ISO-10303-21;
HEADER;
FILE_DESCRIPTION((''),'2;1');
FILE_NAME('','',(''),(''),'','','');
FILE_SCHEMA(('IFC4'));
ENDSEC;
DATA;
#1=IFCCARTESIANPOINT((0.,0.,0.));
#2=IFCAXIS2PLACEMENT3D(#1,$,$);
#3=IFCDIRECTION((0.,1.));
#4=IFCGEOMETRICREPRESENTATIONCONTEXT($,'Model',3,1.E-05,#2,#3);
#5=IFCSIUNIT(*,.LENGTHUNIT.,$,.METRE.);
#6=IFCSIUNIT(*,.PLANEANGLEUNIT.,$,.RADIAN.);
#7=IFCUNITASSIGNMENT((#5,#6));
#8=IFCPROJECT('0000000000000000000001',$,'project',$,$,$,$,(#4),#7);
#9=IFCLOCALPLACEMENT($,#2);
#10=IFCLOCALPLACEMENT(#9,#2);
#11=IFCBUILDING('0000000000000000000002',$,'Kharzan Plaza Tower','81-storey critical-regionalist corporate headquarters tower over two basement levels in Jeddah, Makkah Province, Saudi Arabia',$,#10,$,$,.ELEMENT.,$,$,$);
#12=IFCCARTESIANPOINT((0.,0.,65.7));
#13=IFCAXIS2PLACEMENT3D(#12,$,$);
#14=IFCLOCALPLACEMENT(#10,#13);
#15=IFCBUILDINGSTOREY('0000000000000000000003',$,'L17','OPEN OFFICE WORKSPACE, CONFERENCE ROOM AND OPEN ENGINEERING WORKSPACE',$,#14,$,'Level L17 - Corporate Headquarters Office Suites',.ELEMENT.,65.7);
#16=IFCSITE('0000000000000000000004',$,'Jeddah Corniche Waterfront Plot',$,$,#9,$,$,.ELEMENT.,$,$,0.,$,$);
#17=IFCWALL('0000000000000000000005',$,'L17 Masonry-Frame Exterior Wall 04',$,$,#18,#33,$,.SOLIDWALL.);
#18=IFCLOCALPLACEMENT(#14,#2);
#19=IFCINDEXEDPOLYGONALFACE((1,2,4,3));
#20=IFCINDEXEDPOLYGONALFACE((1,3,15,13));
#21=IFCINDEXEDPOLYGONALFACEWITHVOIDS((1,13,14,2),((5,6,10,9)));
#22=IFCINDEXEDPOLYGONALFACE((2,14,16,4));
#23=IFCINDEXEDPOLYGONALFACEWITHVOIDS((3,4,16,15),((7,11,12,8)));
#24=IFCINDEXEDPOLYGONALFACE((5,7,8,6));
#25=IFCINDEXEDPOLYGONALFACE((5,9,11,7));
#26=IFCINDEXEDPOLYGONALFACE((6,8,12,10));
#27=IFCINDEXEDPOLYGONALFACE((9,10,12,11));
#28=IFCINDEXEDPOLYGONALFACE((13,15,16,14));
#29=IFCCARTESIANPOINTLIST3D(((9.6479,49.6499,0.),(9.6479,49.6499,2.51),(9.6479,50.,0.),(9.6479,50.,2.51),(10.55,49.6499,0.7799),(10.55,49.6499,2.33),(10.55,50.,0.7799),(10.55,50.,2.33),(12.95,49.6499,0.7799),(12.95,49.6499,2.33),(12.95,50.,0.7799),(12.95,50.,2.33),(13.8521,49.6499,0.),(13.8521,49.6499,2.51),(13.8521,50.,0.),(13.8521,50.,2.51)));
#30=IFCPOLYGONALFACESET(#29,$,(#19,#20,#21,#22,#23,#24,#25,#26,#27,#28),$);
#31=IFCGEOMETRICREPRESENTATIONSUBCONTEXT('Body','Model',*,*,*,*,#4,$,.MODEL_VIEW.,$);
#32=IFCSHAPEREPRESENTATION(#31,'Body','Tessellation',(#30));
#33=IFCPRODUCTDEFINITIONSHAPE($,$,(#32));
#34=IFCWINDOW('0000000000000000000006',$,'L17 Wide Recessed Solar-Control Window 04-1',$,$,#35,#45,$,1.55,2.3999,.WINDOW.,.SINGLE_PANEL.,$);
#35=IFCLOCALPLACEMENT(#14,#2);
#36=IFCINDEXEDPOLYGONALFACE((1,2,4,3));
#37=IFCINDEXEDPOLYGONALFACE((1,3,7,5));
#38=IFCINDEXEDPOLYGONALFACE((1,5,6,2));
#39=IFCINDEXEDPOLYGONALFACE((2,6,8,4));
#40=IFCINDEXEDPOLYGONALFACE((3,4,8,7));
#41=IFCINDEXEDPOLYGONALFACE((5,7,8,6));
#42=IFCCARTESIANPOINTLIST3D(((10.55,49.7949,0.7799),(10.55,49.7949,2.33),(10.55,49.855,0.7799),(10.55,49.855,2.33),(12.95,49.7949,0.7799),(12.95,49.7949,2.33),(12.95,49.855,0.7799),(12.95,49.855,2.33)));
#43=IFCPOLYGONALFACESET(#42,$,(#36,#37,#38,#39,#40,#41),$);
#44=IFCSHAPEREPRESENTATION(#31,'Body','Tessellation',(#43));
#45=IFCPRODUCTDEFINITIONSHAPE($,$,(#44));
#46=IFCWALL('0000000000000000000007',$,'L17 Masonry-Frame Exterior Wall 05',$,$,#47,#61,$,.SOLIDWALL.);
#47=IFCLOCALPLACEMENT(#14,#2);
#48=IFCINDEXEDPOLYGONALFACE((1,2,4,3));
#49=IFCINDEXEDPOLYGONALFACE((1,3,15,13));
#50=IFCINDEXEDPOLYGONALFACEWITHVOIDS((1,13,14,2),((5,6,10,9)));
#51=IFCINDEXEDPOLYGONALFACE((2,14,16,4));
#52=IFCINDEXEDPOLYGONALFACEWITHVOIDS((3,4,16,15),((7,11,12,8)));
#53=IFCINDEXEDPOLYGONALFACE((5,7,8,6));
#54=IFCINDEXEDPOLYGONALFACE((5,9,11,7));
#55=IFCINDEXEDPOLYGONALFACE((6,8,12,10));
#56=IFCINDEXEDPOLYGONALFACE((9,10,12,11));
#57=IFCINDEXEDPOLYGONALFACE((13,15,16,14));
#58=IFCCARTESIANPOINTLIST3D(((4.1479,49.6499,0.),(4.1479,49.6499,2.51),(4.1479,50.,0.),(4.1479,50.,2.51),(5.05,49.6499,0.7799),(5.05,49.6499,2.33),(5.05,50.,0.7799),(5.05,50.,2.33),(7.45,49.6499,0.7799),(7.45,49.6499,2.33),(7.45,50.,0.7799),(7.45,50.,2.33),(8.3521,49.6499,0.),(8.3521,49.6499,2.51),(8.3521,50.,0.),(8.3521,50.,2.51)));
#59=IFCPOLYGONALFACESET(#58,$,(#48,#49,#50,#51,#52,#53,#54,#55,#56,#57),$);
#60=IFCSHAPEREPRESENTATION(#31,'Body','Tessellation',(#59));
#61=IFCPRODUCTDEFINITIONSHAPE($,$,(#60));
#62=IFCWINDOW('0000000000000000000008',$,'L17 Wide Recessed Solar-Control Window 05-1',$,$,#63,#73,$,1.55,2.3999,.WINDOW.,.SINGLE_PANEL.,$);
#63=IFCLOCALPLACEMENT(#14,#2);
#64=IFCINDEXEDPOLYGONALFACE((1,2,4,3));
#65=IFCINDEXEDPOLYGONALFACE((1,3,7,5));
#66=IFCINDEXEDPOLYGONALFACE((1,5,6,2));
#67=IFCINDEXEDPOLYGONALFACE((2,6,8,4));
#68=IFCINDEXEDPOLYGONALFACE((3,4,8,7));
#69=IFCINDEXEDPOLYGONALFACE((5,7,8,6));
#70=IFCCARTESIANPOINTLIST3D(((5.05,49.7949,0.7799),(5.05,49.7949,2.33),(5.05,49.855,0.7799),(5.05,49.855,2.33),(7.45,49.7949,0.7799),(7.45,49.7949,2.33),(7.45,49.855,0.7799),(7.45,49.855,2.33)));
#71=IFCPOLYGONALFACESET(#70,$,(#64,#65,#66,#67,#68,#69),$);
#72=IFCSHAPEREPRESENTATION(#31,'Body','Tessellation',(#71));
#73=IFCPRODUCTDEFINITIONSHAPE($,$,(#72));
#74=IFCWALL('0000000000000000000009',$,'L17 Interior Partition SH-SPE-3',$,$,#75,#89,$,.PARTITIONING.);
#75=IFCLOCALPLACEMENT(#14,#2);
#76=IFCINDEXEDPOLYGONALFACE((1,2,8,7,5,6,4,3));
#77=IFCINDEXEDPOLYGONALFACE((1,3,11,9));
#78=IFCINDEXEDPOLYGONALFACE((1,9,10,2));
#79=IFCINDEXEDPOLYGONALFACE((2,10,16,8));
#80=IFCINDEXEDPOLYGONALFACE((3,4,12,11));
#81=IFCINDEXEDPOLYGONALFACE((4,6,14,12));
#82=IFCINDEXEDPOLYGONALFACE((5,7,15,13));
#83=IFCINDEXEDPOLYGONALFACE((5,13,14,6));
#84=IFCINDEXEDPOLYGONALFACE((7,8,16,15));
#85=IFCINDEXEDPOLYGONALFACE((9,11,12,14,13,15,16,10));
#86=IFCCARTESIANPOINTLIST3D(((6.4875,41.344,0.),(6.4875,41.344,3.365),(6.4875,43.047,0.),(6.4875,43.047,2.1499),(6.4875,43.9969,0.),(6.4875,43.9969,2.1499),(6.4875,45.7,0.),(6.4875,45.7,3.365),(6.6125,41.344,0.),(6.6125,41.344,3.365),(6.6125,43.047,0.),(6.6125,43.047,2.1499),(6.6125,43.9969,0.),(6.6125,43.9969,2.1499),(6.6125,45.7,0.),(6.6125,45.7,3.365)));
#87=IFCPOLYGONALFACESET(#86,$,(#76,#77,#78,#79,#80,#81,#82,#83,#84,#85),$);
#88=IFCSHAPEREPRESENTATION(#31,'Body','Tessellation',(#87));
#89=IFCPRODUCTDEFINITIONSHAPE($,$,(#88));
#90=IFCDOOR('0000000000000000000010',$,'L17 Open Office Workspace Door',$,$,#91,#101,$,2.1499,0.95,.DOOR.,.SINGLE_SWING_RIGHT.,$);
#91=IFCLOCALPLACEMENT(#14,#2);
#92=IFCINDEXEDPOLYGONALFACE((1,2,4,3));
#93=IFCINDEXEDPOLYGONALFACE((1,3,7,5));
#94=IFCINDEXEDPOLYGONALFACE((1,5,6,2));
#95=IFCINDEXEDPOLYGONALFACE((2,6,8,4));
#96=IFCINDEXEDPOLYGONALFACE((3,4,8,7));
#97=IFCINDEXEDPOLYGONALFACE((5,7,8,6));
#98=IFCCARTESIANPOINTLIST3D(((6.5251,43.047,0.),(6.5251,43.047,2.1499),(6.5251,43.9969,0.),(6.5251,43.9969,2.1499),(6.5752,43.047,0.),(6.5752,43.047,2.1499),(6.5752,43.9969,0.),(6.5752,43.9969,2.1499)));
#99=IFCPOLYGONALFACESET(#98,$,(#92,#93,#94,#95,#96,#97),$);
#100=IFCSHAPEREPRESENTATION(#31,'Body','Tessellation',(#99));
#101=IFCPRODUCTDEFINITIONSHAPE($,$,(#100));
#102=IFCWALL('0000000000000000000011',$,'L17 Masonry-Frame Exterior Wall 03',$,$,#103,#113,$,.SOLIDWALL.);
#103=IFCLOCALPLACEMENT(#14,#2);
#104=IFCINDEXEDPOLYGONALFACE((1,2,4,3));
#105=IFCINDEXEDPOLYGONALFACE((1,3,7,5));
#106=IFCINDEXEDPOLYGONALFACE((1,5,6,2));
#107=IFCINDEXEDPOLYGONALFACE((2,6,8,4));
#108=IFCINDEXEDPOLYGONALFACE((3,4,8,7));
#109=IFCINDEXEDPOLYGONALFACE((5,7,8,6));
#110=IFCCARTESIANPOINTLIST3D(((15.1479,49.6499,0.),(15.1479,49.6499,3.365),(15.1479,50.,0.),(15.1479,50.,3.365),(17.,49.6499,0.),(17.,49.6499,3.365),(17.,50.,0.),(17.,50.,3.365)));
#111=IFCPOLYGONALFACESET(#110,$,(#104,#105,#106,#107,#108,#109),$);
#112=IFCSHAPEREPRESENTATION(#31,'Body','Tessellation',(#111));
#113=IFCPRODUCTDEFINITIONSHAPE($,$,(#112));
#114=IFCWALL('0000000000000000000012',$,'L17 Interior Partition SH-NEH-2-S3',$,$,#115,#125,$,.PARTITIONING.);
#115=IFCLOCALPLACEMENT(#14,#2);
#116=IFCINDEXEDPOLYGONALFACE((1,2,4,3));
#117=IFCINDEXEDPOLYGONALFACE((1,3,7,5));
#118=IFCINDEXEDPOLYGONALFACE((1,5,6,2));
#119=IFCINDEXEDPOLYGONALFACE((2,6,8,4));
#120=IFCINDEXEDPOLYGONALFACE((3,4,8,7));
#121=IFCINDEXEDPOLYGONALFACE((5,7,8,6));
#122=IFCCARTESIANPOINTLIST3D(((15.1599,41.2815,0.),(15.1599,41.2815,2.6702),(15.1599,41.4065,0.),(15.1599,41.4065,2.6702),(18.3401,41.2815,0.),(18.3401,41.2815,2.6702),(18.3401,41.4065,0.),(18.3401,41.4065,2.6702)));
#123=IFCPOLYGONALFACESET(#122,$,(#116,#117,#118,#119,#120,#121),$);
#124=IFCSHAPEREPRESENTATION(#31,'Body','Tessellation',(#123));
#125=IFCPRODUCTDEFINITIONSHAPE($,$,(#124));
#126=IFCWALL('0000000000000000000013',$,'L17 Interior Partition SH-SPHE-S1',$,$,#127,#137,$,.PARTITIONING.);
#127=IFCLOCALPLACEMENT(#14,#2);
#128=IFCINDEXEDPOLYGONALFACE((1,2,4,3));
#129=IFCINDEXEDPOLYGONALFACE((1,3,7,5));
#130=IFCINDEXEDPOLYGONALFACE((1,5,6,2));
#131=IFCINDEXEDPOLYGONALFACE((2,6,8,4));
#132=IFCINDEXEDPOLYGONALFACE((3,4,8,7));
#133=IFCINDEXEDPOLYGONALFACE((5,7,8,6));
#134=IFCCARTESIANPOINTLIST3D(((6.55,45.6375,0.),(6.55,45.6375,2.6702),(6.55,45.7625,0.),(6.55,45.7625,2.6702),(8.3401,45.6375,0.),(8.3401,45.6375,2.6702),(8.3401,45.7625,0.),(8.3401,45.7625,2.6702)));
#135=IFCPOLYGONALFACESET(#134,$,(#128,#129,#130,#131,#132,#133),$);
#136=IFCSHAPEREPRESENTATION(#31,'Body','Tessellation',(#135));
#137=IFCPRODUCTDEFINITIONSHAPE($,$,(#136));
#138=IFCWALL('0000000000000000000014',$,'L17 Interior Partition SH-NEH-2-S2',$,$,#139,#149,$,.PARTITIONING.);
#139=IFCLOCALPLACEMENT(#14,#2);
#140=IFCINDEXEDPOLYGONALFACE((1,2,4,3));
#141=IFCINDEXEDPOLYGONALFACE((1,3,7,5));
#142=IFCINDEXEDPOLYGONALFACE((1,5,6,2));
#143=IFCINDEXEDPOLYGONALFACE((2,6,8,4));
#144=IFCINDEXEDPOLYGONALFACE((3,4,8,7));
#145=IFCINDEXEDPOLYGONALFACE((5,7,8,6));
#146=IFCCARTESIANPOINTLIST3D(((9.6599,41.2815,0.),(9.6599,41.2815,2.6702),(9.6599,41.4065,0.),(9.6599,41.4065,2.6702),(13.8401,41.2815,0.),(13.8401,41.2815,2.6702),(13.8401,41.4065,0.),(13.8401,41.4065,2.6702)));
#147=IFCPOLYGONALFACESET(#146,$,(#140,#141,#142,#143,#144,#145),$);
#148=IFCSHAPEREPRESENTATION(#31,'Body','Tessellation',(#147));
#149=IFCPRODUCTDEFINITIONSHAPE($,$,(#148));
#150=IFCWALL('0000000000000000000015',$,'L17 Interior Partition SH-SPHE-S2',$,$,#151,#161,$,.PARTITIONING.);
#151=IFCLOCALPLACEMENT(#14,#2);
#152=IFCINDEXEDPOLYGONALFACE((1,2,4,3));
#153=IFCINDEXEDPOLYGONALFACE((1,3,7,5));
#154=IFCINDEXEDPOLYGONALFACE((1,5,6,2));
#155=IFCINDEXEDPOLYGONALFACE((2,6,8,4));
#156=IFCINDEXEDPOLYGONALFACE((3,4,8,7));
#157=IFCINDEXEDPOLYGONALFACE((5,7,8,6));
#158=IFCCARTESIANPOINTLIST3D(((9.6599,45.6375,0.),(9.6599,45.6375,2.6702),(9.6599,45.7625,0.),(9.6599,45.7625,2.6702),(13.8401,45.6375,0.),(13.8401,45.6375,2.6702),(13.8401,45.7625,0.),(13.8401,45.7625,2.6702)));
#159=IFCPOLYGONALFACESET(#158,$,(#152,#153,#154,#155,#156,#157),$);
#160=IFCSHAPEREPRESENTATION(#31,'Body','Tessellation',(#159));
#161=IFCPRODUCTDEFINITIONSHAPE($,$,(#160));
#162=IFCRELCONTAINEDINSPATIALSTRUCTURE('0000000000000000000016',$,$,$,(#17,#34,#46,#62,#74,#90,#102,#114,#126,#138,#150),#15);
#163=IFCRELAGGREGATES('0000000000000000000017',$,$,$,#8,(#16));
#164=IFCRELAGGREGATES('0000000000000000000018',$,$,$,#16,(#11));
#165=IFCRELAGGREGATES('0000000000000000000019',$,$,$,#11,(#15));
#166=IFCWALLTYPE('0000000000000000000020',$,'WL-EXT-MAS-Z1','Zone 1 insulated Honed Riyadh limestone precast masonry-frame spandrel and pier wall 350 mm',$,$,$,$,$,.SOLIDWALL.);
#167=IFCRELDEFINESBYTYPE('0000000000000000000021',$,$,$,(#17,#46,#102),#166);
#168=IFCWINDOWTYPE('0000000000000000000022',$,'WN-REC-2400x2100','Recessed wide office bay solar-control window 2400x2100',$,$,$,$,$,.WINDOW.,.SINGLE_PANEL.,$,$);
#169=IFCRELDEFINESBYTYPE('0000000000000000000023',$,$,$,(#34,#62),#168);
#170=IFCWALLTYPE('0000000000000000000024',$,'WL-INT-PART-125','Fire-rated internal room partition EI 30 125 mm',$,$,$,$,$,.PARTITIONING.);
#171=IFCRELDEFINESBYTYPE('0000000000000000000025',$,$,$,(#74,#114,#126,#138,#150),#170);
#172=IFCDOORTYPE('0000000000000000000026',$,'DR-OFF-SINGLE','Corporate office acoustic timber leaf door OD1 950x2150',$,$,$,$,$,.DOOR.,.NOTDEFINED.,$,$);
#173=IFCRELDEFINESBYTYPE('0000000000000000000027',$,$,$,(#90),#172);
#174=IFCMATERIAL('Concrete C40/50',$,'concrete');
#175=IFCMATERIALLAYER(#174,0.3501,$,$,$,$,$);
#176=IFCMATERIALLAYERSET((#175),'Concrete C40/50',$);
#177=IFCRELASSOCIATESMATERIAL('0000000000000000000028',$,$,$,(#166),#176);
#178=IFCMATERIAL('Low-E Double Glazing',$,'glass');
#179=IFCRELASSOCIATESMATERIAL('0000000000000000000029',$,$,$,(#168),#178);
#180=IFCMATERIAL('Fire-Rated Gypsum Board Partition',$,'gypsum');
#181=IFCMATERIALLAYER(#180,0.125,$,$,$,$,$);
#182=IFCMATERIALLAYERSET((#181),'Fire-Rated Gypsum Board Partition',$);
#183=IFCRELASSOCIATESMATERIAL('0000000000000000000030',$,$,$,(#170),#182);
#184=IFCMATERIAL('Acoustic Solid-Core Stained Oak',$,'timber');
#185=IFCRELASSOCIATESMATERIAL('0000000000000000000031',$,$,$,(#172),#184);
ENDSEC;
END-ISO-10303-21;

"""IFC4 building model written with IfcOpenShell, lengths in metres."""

from ifc_helpers import new_model, si_unit, direction, frame, frame_2d, origin, place, context, subcontext, project, spatial, rectangle, extrude, source, transform, mapped, material, layer, layer_set, type_object, element, fill, save


model = new_model("IFC4")

# Units and contexts
model_context = context("Model", 3, precision=1e-05, world=origin(), true_north=direction((0.0, 1.0)))
body_context = subcontext(model_context, "Body", "Model", "MODEL_VIEW")
ifc_project = project(units=[si_unit("LENGTHUNIT", "METRE"), si_unit("PLANEANGLEUNIT", "RADIAN")], contexts=[model_context])

# Site, building, storey
site_placement = place(None, origin())
site = spatial("IfcSite", under=ifc_project, at=site_placement, Name="Jeddah Corniche Waterfront Plot", CompositionType="ELEMENT", RefElevation=0.0)
building_placement = place(site_placement, origin())
building = spatial("IfcBuilding", under=site, at=building_placement, Name="Kharzan Plaza Tower", Description="81-storey critical-regionalist corporate headquarters tower over two basement levels in Jeddah, Makkah Province, Saudi Arabia", CompositionType="ELEMENT")
storey_placement = place(building_placement, frame((0.0, 0.0, 65.7)))
storey = spatial("IfcBuildingStorey", under=building, at=storey_placement, Name="L17", Description="OPEN OFFICE WORKSPACE, CONFERENCE ROOM AND OPEN ENGINEERING WORKSPACE", LongName="Level L17 - Corporate Headquarters Office Suites", CompositionType="ELEMENT", Elevation=65.7)

# Walls, openings, windows
ifc_material_1 = material(Name="Concrete C40/50", Category="concrete")
ifc_layer_1 = layer(ifc_material_1, 0.3501)
ifc_layer_set_1 = layer_set([ifc_layer_1], Name="Concrete C40/50")
wall_type_1 = type_object("IfcWallType", Name="WL-EXT-MAS-Z1", Description="Zone 1 insulated Honed Riyadh limestone precast masonry-frame spandrel and pier wall 350 mm", PredefinedType="SOLIDWALL", material=ifc_layer_set_1)
ifc_material_2 = material(Name="Low-E Double Glazing", Category="glass")
wall_1_placement = place(storey_placement, frame((13.8521, 49.825, 0.0), z_axis=(0.0, 0.0, 1.0), x_axis=(-1.0, 0.0, 0.0)))
wall_1 = element("IfcWall", 1, at=wall_1_placement, inside=storey, type_object=wall_type_1, Name="L17 Masonry-Frame Exterior Wall 04", PredefinedType="SOLIDWALL", context=body_context, shape_type="SweptSolid", body=[
    extrude(rectangle(XDim=4.2041, YDim=0.3501, at=frame_2d((2.1021, 0.0))), origin(), (0.0, 0.0, 1.0), 2.51),
])
opening_1_placement = place(wall_1_placement, frame((0.9021, 0.0, 0.78)))
opening_1 = element("IfcOpeningElement", 2, at=opening_1_placement, cuts=wall_1, PredefinedType="OPENING", context=body_context, shape_type="SweptSolid", body=[
    extrude(rectangle(XDim=2.3999, YDim=1.55, at=frame_2d((1.2, 0.7749))), frame((0.0, 0.1851, 0.0), z_axis=(0.0, -1.0, 0.0), x_axis=(1.0, 0.0, 0.0)), (0.0, 0.0, 1.0), 0.3701),
])
window_type_1 = type_object("IfcWindowType", Name="WN-REC-2400x2100", Description="Recessed wide office bay solar-control window 2400x2100", PartitioningType="SINGLE_PANEL", PredefinedType="WINDOW", material=ifc_material_2)
shared_shape_1 = source(origin(), body_context, "Body", "SweptSolid", [
    extrude(rectangle(XDim=2.3999, YDim=1.55, at=frame_2d((1.2, 0.7749))), frame((0.0, 0.03, 0.0), z_axis=(0.0, -1.0, 0.0), x_axis=(1.0, 0.0, 0.0)), (0.0, 0.0, 1.0), 0.0601),
])
window_1_placement = place(opening_1_placement, origin())
window_1 = element("IfcWindow", 3, at=window_1_placement, inside=storey, type_object=window_type_1, Name="L17 Wide Recessed Solar-Control Window 04-1", OverallHeight=1.55, OverallWidth=2.3999, PartitioningType="SINGLE_PANEL", PredefinedType="WINDOW", context=body_context, shape_type="MappedRepresentation", body=[
    mapped(shared_shape_1, transform((0.0, 0.0, 0.0), x_axis=(1.0, 0.0, 0.0), y_axis=(0.0, 1.0, 0.0), z_axis=(0.0, 0.0, 1.0))),
])
fill(opening_1, window_1)
wall_2_placement = place(storey_placement, frame((8.3521, 49.825, 0.0), z_axis=(0.0, 0.0, 1.0), x_axis=(-1.0, 0.0, 0.0)))
wall_2 = element("IfcWall", 4, at=wall_2_placement, inside=storey, type_object=wall_type_1, Name="L17 Masonry-Frame Exterior Wall 05", PredefinedType="SOLIDWALL", context=body_context, shape_type="SweptSolid", body=[
    extrude(rectangle(XDim=4.2041, YDim=0.3501, at=frame_2d((2.1021, 0.0))), origin(), (0.0, 0.0, 1.0), 2.51),
])
opening_2_placement = place(wall_2_placement, frame((0.9021, 0.0, 0.78)))
opening_2 = element("IfcOpeningElement", 5, at=opening_2_placement, cuts=wall_2, PredefinedType="OPENING", context=body_context, shape_type="SweptSolid", body=[
    extrude(rectangle(XDim=2.3999, YDim=1.55, at=frame_2d((1.2, 0.7749))), frame((0.0, 0.1851, 0.0), z_axis=(0.0, -1.0, 0.0), x_axis=(1.0, 0.0, 0.0)), (0.0, 0.0, 1.0), 0.3701),
])
window_2_placement = place(opening_2_placement, origin())
window_2 = element("IfcWindow", 6, at=window_2_placement, inside=storey, type_object=window_type_1, Name="L17 Wide Recessed Solar-Control Window 05-1", OverallHeight=1.55, OverallWidth=2.3999, PartitioningType="SINGLE_PANEL", PredefinedType="WINDOW", context=body_context, shape_type="MappedRepresentation", body=[
    mapped(shared_shape_1, transform((0.0, 0.0, 0.0), x_axis=(1.0, 0.0, 0.0), y_axis=(0.0, 1.0, 0.0), z_axis=(0.0, 0.0, 1.0))),
])
fill(opening_2, window_2)

# Wall, opening, door
ifc_material_3 = material(Name="Fire-Rated Gypsum Board Partition", Category="gypsum")
ifc_layer_2 = layer(ifc_material_3, 0.125)
ifc_layer_set_2 = layer_set([ifc_layer_2], Name="Fire-Rated Gypsum Board Partition")
wall_type_2 = type_object("IfcWallType", Name="WL-INT-PART-125", Description="Fire-rated internal room partition EI 30 125 mm", PredefinedType="PARTITIONING", material=ifc_layer_set_2)
wall_3_placement = place(storey_placement, frame((6.55, 41.344, 0.0), z_axis=(0.0, 0.0, 1.0), x_axis=(0.0, 1.0, 0.0)))
wall_3 = element("IfcWall", 7, at=wall_3_placement, inside=storey, type_object=wall_type_2, Name="L17 Interior Partition SH-SPE-3", PredefinedType="PARTITIONING", context=body_context, shape_type="SweptSolid", body=[
    extrude(rectangle(XDim=4.356, YDim=0.125, at=frame_2d((2.178, 0.0))), origin(), (0.0, 0.0, 1.0), 3.365),
])
opening_3_placement = place(wall_3_placement, frame((1.7029, 0.0, 0.0)))
opening_3 = element("IfcOpeningElement", 8, at=opening_3_placement, cuts=wall_3, PredefinedType="OPENING", context=body_context, shape_type="SweptSolid", body=[
    extrude(rectangle(XDim=0.95, YDim=2.1499, at=frame_2d((0.4751, 1.075))), frame((0.0, 0.0725, 0.0), z_axis=(0.0, -1.0, 0.0), x_axis=(1.0, 0.0, 0.0)), (0.0, 0.0, 1.0), 0.145),
])
ifc_material_4 = material(Name="Acoustic Solid-Core Stained Oak", Category="timber")
door_type = type_object("IfcDoorType", Name="DR-OFF-SINGLE", Description="Corporate office acoustic timber leaf door OD1 950x2150", OperationType="NOTDEFINED", PredefinedType="DOOR", material=ifc_material_4)
shared_shape_2 = source(origin(), body_context, "Body", "SweptSolid", [
    extrude(rectangle(XDim=0.95, YDim=2.1499, at=frame_2d((0.4751, 1.075))), frame((0.0, 0.0249, 0.0), z_axis=(0.0, -1.0, 0.0), x_axis=(1.0, 0.0, 0.0)), (0.0, 0.0, 1.0), 0.05),
])
door_placement = place(opening_3_placement, origin())
door = element("IfcDoor", 9, at=door_placement, inside=storey, type_object=door_type, Name="L17 Open Office Workspace Door", OperationType="SINGLE_SWING_RIGHT", OverallHeight=2.1499, OverallWidth=0.95, PredefinedType="DOOR", context=body_context, shape_type="MappedRepresentation", body=[
    mapped(shared_shape_2, transform((0.0, 0.0, 0.0), x_axis=(1.0, 0.0, 0.0), y_axis=(0.0, 1.0, 0.0), z_axis=(0.0, 0.0, 1.0))),
])
fill(opening_3, door)

# Walls
shared_shape_3 = source(origin(), body_context, "Body", "SweptSolid", [
    extrude(rectangle(XDim=1.8521, YDim=0.3501, at=frame_2d((0.926, 0.0))), origin(), (0.0, 0.0, 1.0), 3.365),
])
wall_4_placement = place(storey_placement, frame((17.0, 49.825, 0.0), z_axis=(0.0, 0.0, 1.0), x_axis=(-1.0, 0.0, 0.0)))
element("IfcWall", 10, at=wall_4_placement, inside=storey, type_object=wall_type_1, Name="L17 Masonry-Frame Exterior Wall 03", PredefinedType="SOLIDWALL", context=body_context, shape_type="MappedRepresentation", body=[
    mapped(shared_shape_3, transform((0.0, 0.0, 0.0), x_axis=(1.0, 0.0, 0.0), y_axis=(0.0, 1.0, 0.0), z_axis=(0.0, 0.0, 1.0))),
])
shared_shape_4 = source(origin(), body_context, "Body", "SweptSolid", [
    extrude(rectangle(XDim=3.1802, YDim=0.125, at=frame_2d((1.5901, 0.0))), origin(), (0.0, 0.0, 1.0), 2.6702),
])
wall_5_placement = place(storey_placement, frame((15.1599, 41.344, 0.0), z_axis=(0.0, 0.0, 1.0), x_axis=(1.0, 0.0, 0.0)))
element("IfcWall", 11, at=wall_5_placement, inside=storey, type_object=wall_type_2, Name="L17 Interior Partition SH-NEH-2-S3", PredefinedType="PARTITIONING", context=body_context, shape_type="MappedRepresentation", body=[
    mapped(shared_shape_4, transform((0.0, 0.0, 0.0), x_axis=(1.0, 0.0, 0.0), y_axis=(0.0, 1.0, 0.0), z_axis=(0.0, 0.0, 1.0))),
])
shared_shape_5 = source(origin(), body_context, "Body", "SweptSolid", [
    extrude(rectangle(XDim=1.79, YDim=0.125, at=frame_2d((0.895, 0.0))), origin(), (0.0, 0.0, 1.0), 2.6702),
])
wall_6_placement = place(storey_placement, frame((6.55, 45.7, 0.0), z_axis=(0.0, 0.0, 1.0), x_axis=(1.0, 0.0, 0.0)))
element("IfcWall", 12, at=wall_6_placement, inside=storey, type_object=wall_type_2, Name="L17 Interior Partition SH-SPHE-S1", PredefinedType="PARTITIONING", context=body_context, shape_type="MappedRepresentation", body=[
    mapped(shared_shape_5, transform((0.0, 0.0, 0.0), x_axis=(1.0, 0.0, 0.0), y_axis=(0.0, 1.0, 0.0), z_axis=(0.0, 0.0, 1.0))),
])
shared_shape_6 = source(origin(), body_context, "Body", "SweptSolid", [
    extrude(rectangle(XDim=4.1802, YDim=0.125, at=frame_2d((2.0901, 0.0))), origin(), (0.0, 0.0, 1.0), 2.6702),
])
for number, where, z_axis, x_axis, name in (
    (13, (9.6599, 41.344, 0.0), (0.0, 0.0, 1.0), (1.0, 0.0, 0.0), "L17 Interior Partition SH-NEH-2-S2"),
    (14, (9.6599, 45.7, 0.0), (0.0, 0.0, 1.0), (1.0, 0.0, 0.0), "L17 Interior Partition SH-SPHE-S2"),
):
    element("IfcWall", number, at=place(storey_placement, frame(where, z_axis=z_axis, x_axis=x_axis)), inside=storey, type_object=wall_type_2, Name=name, PredefinedType="PARTITIONING", context=body_context, shape_type="MappedRepresentation", body=[
        mapped(shared_shape_6, transform((0.0, 0.0, 0.0), x_axis=(1.0, 0.0, 0.0), y_axis=(0.0, 1.0, 0.0), z_axis=(0.0, 0.0, 1.0))),
    ])

save(model, "model.ifc")
